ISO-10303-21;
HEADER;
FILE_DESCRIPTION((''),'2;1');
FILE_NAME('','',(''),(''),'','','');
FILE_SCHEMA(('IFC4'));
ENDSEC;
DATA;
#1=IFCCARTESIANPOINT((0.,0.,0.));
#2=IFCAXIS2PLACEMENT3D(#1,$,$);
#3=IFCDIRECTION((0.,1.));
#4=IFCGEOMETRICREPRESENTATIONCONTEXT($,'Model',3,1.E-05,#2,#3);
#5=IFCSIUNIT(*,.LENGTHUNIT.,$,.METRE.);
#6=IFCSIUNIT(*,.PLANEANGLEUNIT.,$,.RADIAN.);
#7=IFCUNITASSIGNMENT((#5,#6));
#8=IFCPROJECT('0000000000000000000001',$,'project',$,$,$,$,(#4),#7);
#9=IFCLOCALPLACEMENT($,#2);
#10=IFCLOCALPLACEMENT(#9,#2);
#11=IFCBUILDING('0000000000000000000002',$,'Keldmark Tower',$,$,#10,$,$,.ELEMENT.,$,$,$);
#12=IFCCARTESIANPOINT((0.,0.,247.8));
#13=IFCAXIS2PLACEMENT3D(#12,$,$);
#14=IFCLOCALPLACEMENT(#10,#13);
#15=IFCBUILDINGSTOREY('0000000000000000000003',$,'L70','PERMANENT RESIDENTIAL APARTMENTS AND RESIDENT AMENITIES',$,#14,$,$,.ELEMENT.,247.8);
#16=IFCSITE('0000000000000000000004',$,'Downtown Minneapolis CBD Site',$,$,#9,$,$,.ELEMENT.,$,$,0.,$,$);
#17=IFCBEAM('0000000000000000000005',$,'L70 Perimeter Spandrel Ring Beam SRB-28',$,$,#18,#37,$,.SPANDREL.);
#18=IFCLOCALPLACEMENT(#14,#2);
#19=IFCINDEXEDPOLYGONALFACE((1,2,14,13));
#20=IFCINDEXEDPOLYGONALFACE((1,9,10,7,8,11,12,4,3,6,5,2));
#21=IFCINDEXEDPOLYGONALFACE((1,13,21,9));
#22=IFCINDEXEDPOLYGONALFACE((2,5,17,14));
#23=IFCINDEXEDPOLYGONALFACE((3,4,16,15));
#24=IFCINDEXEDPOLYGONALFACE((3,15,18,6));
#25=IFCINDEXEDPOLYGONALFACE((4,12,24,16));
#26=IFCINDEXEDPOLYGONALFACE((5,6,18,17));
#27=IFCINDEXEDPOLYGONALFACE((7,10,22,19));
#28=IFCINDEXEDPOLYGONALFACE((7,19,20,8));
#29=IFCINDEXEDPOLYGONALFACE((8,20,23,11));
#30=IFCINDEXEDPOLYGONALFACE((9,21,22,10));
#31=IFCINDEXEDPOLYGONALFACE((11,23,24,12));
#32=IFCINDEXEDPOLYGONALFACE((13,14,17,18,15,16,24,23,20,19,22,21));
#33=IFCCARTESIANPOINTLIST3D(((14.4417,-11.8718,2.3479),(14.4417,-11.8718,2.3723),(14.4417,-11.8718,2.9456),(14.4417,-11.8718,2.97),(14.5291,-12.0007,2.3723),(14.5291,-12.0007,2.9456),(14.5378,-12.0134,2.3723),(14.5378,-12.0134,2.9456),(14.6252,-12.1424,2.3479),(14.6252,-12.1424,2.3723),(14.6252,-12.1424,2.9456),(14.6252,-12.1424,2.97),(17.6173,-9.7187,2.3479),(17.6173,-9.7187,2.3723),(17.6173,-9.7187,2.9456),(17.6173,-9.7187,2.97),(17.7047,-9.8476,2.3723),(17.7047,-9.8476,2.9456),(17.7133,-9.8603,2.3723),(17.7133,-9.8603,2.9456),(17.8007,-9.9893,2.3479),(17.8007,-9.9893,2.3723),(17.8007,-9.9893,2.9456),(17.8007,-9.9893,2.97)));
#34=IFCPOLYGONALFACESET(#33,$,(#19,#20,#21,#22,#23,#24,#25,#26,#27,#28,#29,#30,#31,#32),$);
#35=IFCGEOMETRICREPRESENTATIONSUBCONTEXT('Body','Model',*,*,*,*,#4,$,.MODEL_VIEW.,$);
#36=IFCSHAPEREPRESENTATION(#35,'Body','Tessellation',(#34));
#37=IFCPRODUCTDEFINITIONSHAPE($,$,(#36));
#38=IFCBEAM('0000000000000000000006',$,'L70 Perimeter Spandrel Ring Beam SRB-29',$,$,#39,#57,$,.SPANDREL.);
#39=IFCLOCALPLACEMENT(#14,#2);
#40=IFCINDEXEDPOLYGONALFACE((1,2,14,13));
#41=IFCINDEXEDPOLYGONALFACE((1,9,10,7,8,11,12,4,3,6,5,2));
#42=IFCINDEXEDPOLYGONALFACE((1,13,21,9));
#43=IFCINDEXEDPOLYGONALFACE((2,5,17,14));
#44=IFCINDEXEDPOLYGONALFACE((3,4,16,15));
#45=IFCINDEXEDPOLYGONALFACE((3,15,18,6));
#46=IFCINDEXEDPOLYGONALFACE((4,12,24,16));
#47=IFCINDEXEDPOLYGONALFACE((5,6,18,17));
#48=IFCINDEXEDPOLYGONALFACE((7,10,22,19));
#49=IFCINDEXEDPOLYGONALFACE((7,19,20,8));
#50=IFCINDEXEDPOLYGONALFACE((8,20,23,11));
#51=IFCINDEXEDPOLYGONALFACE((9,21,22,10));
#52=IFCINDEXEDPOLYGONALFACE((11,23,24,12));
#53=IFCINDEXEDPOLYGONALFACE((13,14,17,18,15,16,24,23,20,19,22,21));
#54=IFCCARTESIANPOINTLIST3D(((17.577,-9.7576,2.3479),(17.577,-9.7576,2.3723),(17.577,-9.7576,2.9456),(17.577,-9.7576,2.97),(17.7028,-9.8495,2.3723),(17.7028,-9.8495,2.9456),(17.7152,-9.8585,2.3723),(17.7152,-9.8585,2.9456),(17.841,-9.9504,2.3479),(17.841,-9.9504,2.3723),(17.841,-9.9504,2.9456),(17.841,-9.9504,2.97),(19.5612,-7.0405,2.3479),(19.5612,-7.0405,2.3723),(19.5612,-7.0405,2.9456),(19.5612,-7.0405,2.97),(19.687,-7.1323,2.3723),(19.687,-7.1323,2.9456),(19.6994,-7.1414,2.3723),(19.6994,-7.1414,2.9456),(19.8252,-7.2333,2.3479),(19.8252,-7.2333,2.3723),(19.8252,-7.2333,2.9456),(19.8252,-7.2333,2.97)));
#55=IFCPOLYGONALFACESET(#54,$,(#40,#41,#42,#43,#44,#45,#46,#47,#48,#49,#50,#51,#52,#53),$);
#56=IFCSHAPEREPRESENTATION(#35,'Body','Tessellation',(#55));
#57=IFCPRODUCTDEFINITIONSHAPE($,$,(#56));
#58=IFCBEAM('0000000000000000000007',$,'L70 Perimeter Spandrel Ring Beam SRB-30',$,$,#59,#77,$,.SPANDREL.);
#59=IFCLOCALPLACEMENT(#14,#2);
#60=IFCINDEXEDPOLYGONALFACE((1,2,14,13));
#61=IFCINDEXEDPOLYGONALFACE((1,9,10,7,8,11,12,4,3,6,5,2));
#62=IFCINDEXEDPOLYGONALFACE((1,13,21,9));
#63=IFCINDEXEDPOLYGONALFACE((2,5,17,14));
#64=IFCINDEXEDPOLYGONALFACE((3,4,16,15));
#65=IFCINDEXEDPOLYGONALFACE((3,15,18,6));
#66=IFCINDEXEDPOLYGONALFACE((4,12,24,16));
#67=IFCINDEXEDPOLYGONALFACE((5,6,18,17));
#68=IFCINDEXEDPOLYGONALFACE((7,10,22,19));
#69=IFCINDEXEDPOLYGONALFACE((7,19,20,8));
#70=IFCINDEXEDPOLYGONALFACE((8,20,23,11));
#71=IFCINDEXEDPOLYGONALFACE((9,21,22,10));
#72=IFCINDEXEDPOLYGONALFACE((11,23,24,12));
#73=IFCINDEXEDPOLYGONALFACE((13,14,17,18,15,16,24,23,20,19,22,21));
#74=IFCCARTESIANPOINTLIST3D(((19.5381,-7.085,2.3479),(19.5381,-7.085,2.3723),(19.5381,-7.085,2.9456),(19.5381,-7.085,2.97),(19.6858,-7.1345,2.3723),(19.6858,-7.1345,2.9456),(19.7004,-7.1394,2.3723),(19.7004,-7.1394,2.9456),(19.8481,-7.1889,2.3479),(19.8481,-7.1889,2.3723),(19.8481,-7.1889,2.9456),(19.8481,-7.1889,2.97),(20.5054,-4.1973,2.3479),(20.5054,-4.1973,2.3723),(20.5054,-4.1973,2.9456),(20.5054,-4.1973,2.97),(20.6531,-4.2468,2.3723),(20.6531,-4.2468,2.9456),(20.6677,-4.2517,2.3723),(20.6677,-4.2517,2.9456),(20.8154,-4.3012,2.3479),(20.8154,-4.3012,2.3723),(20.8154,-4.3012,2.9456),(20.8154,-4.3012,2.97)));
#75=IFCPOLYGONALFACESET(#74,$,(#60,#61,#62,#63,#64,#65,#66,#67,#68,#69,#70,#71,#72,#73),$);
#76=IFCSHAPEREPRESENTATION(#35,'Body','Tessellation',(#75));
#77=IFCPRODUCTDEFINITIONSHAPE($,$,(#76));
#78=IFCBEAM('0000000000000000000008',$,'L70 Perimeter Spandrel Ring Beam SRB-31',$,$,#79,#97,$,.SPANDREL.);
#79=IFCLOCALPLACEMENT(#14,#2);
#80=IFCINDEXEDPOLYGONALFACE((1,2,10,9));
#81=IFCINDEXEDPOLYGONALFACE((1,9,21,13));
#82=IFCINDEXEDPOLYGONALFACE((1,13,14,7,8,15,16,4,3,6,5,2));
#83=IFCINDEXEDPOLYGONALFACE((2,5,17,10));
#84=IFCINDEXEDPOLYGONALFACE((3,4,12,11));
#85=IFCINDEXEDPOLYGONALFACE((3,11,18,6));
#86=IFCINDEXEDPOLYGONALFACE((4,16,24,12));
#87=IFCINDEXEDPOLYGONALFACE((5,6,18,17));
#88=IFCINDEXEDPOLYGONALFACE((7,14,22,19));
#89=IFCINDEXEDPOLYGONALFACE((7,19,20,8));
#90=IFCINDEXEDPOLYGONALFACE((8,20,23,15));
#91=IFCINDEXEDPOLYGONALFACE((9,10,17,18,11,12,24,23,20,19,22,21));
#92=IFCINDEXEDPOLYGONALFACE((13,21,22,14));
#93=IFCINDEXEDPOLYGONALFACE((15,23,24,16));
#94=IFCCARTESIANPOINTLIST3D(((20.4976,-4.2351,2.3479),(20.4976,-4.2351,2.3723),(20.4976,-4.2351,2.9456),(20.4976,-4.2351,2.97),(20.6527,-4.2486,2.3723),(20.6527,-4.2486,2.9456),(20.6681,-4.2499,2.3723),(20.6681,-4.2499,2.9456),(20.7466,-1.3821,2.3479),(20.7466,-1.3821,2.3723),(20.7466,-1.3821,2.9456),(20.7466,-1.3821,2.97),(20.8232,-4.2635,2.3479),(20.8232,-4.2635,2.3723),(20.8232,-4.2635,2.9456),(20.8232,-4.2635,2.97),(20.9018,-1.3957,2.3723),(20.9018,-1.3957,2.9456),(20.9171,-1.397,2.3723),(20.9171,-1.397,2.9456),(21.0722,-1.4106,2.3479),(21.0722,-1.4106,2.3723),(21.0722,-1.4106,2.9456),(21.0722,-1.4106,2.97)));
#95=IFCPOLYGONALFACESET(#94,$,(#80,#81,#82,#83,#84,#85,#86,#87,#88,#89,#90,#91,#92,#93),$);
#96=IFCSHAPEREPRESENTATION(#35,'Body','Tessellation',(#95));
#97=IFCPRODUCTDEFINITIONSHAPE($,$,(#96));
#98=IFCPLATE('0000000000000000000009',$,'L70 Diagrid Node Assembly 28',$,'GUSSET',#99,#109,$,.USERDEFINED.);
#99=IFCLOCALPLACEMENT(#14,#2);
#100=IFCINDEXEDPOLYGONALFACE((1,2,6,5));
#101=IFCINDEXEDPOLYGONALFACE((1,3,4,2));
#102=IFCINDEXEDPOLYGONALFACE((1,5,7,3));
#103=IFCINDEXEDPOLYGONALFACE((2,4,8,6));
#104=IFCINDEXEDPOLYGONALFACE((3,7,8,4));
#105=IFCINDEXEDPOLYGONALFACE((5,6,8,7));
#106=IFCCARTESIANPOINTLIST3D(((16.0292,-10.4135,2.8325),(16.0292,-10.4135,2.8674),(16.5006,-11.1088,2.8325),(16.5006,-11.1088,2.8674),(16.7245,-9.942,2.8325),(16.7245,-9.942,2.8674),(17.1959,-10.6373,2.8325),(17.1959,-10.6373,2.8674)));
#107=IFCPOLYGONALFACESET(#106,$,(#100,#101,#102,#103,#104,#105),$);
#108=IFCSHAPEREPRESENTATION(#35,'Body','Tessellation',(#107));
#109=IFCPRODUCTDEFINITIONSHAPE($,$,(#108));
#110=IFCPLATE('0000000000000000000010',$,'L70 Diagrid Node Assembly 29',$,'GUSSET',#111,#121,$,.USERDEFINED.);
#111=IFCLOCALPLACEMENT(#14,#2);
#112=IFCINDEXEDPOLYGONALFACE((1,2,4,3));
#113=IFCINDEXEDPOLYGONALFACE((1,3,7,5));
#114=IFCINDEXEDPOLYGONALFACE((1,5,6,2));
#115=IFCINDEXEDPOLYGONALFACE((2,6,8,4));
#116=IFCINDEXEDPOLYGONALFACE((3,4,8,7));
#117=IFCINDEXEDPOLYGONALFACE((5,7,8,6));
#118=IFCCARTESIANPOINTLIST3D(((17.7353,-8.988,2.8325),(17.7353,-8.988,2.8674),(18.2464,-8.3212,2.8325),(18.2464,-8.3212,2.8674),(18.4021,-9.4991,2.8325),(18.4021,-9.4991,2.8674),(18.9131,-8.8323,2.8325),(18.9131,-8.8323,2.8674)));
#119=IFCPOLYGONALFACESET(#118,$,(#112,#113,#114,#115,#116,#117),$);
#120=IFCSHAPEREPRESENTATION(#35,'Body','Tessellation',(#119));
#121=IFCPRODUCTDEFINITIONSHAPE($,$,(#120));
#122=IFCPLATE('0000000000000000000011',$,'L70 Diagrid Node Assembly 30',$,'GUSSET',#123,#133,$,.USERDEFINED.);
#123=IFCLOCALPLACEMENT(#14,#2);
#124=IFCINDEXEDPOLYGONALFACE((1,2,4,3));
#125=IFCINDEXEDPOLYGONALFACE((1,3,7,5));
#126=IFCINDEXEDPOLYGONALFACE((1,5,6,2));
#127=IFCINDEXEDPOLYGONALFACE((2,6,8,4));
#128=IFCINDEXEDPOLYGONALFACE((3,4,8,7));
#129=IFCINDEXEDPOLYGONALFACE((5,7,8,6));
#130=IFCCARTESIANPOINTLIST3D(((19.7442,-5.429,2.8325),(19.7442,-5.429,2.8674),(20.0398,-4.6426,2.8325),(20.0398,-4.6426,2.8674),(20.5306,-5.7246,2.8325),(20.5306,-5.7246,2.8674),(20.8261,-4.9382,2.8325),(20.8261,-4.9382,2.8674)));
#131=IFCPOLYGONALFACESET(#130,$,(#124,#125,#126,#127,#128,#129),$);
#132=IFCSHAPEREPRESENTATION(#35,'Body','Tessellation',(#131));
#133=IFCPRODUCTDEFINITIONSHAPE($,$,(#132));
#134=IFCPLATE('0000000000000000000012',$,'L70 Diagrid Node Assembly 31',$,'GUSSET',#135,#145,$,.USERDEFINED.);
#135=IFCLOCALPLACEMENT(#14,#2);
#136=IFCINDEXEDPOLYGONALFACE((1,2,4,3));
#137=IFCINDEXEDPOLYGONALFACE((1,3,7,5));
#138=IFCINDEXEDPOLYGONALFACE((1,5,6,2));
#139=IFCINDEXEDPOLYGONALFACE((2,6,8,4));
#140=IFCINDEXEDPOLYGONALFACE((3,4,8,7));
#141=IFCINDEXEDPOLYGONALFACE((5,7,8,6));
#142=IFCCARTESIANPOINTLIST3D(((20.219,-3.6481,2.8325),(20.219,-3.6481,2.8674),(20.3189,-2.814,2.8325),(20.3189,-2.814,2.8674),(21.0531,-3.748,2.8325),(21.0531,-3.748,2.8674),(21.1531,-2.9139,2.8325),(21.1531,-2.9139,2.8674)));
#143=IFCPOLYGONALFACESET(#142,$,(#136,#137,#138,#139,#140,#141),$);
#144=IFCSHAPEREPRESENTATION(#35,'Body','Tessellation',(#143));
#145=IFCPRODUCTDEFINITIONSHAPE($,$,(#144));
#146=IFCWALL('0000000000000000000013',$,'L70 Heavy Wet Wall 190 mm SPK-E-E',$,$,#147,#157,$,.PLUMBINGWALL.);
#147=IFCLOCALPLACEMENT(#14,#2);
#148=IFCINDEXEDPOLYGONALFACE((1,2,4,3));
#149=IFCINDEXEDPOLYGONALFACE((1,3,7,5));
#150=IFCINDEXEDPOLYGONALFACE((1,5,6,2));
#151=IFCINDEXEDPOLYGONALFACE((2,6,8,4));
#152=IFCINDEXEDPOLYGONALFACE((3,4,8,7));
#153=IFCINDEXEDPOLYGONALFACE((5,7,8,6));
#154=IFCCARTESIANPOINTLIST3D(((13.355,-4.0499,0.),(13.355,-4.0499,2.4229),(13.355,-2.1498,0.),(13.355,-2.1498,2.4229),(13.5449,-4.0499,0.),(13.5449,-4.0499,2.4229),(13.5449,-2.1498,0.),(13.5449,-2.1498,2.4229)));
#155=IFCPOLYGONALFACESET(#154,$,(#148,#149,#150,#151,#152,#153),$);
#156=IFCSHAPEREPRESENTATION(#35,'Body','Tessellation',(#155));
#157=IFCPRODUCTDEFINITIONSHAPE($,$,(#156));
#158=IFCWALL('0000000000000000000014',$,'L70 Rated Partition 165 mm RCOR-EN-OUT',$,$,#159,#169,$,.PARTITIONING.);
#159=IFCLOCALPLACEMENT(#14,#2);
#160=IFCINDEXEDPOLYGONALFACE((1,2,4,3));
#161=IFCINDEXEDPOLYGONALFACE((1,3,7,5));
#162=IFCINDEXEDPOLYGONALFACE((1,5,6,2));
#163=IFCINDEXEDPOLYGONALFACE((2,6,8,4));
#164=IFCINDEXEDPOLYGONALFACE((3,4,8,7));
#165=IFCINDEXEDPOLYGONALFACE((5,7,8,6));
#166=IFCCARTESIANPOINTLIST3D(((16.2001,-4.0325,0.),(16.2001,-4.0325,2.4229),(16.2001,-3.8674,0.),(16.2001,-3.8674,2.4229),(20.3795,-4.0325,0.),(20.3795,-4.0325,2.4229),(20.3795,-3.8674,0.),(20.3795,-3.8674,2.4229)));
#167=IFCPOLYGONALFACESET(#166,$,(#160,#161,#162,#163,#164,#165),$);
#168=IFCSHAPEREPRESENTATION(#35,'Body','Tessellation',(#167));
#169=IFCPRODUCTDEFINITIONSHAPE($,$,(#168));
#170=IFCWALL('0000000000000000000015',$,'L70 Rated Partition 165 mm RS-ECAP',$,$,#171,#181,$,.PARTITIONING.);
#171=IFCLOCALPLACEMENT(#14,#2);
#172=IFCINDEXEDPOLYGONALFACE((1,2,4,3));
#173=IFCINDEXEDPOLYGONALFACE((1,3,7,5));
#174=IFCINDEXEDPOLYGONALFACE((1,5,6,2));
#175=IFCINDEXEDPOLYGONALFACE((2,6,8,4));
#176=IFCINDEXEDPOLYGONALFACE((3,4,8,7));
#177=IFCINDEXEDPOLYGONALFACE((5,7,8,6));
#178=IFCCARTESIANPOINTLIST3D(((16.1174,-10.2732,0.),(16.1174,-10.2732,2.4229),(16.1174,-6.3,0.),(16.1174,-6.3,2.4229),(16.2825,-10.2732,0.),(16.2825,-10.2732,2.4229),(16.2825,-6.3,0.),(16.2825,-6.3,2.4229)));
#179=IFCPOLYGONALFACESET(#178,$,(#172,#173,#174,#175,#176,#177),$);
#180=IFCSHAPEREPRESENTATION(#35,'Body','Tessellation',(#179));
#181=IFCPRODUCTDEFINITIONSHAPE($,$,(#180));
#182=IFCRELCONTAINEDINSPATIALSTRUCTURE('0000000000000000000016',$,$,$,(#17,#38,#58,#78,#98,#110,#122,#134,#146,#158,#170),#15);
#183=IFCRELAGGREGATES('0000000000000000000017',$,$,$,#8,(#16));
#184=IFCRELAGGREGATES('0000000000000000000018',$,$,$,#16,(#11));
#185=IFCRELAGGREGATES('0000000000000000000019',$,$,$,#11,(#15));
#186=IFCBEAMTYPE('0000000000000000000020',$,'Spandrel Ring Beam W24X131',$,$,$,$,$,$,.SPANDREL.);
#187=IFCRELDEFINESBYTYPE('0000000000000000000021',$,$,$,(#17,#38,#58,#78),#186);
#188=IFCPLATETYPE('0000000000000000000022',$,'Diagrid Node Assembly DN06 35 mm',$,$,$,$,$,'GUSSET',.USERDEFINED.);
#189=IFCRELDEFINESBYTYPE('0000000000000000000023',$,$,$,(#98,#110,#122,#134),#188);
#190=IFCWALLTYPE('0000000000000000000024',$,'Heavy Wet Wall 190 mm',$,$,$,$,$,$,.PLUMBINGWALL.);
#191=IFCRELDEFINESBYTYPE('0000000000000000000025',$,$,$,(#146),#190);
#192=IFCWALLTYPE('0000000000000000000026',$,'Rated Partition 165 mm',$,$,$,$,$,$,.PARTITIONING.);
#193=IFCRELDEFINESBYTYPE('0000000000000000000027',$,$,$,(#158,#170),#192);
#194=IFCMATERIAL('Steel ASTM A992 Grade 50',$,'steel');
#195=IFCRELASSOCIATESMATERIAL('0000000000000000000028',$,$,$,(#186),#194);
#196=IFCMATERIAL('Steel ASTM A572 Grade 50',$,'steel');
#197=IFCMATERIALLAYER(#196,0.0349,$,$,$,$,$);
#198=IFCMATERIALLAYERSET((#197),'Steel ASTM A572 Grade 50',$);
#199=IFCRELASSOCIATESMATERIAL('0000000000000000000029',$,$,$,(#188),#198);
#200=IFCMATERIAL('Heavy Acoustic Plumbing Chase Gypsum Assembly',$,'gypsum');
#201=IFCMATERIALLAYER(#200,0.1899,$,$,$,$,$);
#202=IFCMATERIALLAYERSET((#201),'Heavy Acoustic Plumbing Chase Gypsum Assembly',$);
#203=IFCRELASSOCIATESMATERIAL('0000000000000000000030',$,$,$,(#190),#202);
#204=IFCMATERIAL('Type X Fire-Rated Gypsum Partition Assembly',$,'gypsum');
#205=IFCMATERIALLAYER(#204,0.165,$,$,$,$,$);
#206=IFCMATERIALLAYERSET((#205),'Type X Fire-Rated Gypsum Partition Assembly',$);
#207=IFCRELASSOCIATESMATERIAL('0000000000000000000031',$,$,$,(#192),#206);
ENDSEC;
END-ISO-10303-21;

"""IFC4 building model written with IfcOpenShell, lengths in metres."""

from ifc_helpers import new_model, si_unit, direction, frame, frame_2d, origin, origin_2d, place, context, subcontext, project, spatial, rectangle, i_section, extrude, material, layer, layer_set, material_profile, profile_set, type_object, element, save


model = new_model("IFC4")

# Units and contexts
model_context = context("Model", 3, precision=1e-05, world=origin(), true_north=direction((0.0, 1.0)))
body_context = subcontext(model_context, "Body", "Model", "MODEL_VIEW")
ifc_project = project(units=[si_unit("LENGTHUNIT", "METRE"), si_unit("PLANEANGLEUNIT", "RADIAN")], contexts=[model_context])

# Site, building, storey
site_placement = place(None, origin())
site = spatial("IfcSite", under=ifc_project, at=site_placement, Name="Downtown Minneapolis CBD Site", CompositionType="ELEMENT", RefElevation=0.0)
building_placement = place(site_placement, origin())
building = spatial("IfcBuilding", under=site, at=building_placement, Name="Keldmark Tower", CompositionType="ELEMENT")
storey_placement = place(building_placement, frame((0.0, 0.0, 247.8)))
storey = spatial("IfcBuildingStorey", under=building, at=storey_placement, Name="L70", Description="PERMANENT RESIDENTIAL APARTMENTS AND RESIDENT AMENITIES", CompositionType="ELEMENT", Elevation=247.8)

# Beams
ifc_material_1 = material(Name="Steel ASTM A992 Grade 50", Category="steel")
ifc_material_profile_1 = material_profile(ifc_material_1, i_section(OverallWidth=0.3269, OverallDepth=0.6221, WebThickness=0.0154, FlangeThickness=0.0244, at=origin_2d()), Name="W24X131")
ifc_profile_set_1 = profile_set([ifc_material_profile_1], Name="Steel ASTM A992 Grade 50")
beam_type_1 = type_object("IfcBeamType", Name="Spandrel Ring Beam W24X131", PredefinedType="SPANDREL", material=ifc_profile_set_1)
beam_1_placement = place(storey_placement, frame((14.5334, -12.0071, 2.6589), z_axis=(0.827688, 0.561189, 0.0), x_axis=(-0.561189, 0.827688, 0.0)))
element("IfcBeam", 1, at=beam_1_placement, inside=storey, type_object=beam_type_1, Name="L70 Perimeter Spandrel Ring Beam SRB-28", PredefinedType="SPANDREL", context=body_context, shape_type="SweptSolid", body=[
    extrude(i_section(OverallWidth=0.3269, OverallDepth=0.6221, WebThickness=0.0154, FlangeThickness=0.0244, at=origin_2d()), origin(), (0.0, 0.0, 1.0), 3.8367),
])
beam_2_placement = place(storey_placement, frame((17.709, -9.854, 2.6589), z_axis=(0.589745, 0.807589, 0.0), x_axis=(-0.807589, 0.589745, 0.0)))
element("IfcBeam", 2, at=beam_2_placement, inside=storey, type_object=beam_type_1, Name="L70 Perimeter Spandrel Ring Beam SRB-29", PredefinedType="SPANDREL", context=body_context, shape_type="SweptSolid", body=[
    extrude(i_section(OverallWidth=0.3269, OverallDepth=0.6221, WebThickness=0.0154, FlangeThickness=0.0244, at=origin_2d()), origin(), (0.0, 0.0, 1.0), 3.3645),
])
beam_3_placement = place(storey_placement, frame((19.6931, -7.137, 2.6589), z_axis=(0.317622, 0.948217, 0.0), x_axis=(-0.948217, 0.317622, 0.0)))
element("IfcBeam", 3, at=beam_3_placement, inside=storey, type_object=beam_type_1, Name="L70 Perimeter Spandrel Ring Beam SRB-30", PredefinedType="SPANDREL", context=body_context, shape_type="SweptSolid", body=[
    extrude(i_section(OverallWidth=0.3269, OverallDepth=0.6221, WebThickness=0.0154, FlangeThickness=0.0244, at=origin_2d()), origin(), (0.0, 0.0, 1.0), 3.0454),
])
beam_4_placement = place(storey_placement, frame((20.6604, -4.2493, 2.6589), z_axis=(0.086953, 0.996212, 0.0), x_axis=(-0.996212, 0.086953, 0.0)))
element("IfcBeam", 4, at=beam_4_placement, inside=storey, type_object=beam_type_1, Name="L70 Perimeter Spandrel Ring Beam SRB-31", PredefinedType="SPANDREL", context=body_context, shape_type="SweptSolid", body=[
    extrude(i_section(OverallWidth=0.3269, OverallDepth=0.6221, WebThickness=0.0154, FlangeThickness=0.0244, at=origin_2d()), origin(), (0.0, 0.0, 1.0), 2.8638),
])

# Plates
ifc_material_2 = material(Name="Steel ASTM A572 Grade 50", Category="steel")
ifc_layer_1 = layer(ifc_material_2, 0.0349)
ifc_layer_set_1 = layer_set([ifc_layer_1], Name="Steel ASTM A572 Grade 50")
plate_type = type_object("IfcPlateType", Name="Diagrid Node Assembly DN06 35 mm", ElementType="GUSSET", PredefinedType="USERDEFINED", material=ifc_layer_set_1)
for number, where, z_axis, x_axis, name in (
    (5, (16.6125, -10.5254, 2.8325), (0.0, 0.0, 1.0), (0.827669, 0.561217, 0.0), "L70 Diagrid Node Assembly 28"),
    (6, (18.3242, -8.9102, 2.8325), (0.0, 0.0, 1.0), (0.608346, 0.793672, 0.0), "L70 Diagrid Node Assembly 29"),
    (7, (20.2852, -5.1836, 2.8325), (0.0, 0.0, 1.0), (0.351842, 0.93606, 0.0), "L70 Diagrid Node Assembly 30"),
    (8, (20.686, -3.281, 2.8325), (0.0, 0.0, 1.0), (0.118924, 0.992903, 0.0), "L70 Diagrid Node Assembly 31"),
):
    element("IfcPlate", number, at=place(storey_placement, frame(where, z_axis=z_axis, x_axis=x_axis)), inside=storey, type_object=plate_type, Name=name, ObjectType="GUSSET", PredefinedType="USERDEFINED", context=body_context, shape_type="SweptSolid", body=[
        extrude(rectangle(XDim=0.8401, YDim=0.8401, at=origin_2d()), origin(), (0.0, 0.0, 1.0), 0.0349),
    ])

# Walls
ifc_material_3 = material(Name="Heavy Acoustic Plumbing Chase Gypsum Assembly", Category="gypsum")
ifc_layer_2 = layer(ifc_material_3, 0.1899)
ifc_layer_set_2 = layer_set([ifc_layer_2], Name="Heavy Acoustic Plumbing Chase Gypsum Assembly")
wall_type_1 = type_object("IfcWallType", Name="Heavy Wet Wall 190 mm", PredefinedType="PLUMBINGWALL", material=ifc_layer_set_2)
wall_1_placement = place(storey_placement, frame((13.45, -4.05, 0.0), z_axis=(0.0, 0.0, 1.0), x_axis=(0.0, 1.0, 0.0)))
element("IfcWall", 9, at=wall_1_placement, inside=storey, type_object=wall_type_1, Name="L70 Heavy Wet Wall 190 mm SPK-E-E", PredefinedType="PLUMBINGWALL", context=body_context, shape_type="SweptSolid", body=[
    extrude(rectangle(XDim=1.9001, YDim=0.1899, at=frame_2d((0.9502, 0.0))), origin(), (0.0, 0.0, 1.0), 2.4229),
])
ifc_material_4 = material(Name="Type X Fire-Rated Gypsum Partition Assembly", Category="gypsum")
ifc_layer_3 = layer(ifc_material_4, 0.165)
ifc_layer_set_3 = layer_set([ifc_layer_3], Name="Type X Fire-Rated Gypsum Partition Assembly")
wall_type_2 = type_object("IfcWallType", Name="Rated Partition 165 mm", PredefinedType="PARTITIONING", material=ifc_layer_set_3)
wall_2_placement = place(storey_placement, frame((16.2, -3.95, 0.0), z_axis=(0.0, 0.0, 1.0), x_axis=(1.0, 0.0, 0.0)))
element("IfcWall", 10, at=wall_2_placement, inside=storey, type_object=wall_type_2, Name="L70 Rated Partition 165 mm RCOR-EN-OUT", PredefinedType="PARTITIONING", context=body_context, shape_type="SweptSolid", body=[
    extrude(rectangle(XDim=4.1794, YDim=0.165, at=frame_2d((2.0898, 0.0))), origin(), (0.0, 0.0, 1.0), 2.4229),
])

# Wall
wall_3_placement = place(storey_placement, frame((16.2, -10.2732, 0.0), z_axis=(0.0, 0.0, 1.0), x_axis=(0.0, 1.0, 0.0)))
element("IfcWall", 11, at=wall_3_placement, inside=storey, type_object=wall_type_2, Name="L70 Rated Partition 165 mm RS-ECAP", PredefinedType="PARTITIONING", context=body_context, shape_type="SweptSolid", body=[
    extrude(rectangle(XDim=3.9731, YDim=0.165, at=frame_2d((1.9866, 0.0))), origin(), (0.0, 0.0, 1.0), 2.4229),
])

save(model, "model.ifc")
